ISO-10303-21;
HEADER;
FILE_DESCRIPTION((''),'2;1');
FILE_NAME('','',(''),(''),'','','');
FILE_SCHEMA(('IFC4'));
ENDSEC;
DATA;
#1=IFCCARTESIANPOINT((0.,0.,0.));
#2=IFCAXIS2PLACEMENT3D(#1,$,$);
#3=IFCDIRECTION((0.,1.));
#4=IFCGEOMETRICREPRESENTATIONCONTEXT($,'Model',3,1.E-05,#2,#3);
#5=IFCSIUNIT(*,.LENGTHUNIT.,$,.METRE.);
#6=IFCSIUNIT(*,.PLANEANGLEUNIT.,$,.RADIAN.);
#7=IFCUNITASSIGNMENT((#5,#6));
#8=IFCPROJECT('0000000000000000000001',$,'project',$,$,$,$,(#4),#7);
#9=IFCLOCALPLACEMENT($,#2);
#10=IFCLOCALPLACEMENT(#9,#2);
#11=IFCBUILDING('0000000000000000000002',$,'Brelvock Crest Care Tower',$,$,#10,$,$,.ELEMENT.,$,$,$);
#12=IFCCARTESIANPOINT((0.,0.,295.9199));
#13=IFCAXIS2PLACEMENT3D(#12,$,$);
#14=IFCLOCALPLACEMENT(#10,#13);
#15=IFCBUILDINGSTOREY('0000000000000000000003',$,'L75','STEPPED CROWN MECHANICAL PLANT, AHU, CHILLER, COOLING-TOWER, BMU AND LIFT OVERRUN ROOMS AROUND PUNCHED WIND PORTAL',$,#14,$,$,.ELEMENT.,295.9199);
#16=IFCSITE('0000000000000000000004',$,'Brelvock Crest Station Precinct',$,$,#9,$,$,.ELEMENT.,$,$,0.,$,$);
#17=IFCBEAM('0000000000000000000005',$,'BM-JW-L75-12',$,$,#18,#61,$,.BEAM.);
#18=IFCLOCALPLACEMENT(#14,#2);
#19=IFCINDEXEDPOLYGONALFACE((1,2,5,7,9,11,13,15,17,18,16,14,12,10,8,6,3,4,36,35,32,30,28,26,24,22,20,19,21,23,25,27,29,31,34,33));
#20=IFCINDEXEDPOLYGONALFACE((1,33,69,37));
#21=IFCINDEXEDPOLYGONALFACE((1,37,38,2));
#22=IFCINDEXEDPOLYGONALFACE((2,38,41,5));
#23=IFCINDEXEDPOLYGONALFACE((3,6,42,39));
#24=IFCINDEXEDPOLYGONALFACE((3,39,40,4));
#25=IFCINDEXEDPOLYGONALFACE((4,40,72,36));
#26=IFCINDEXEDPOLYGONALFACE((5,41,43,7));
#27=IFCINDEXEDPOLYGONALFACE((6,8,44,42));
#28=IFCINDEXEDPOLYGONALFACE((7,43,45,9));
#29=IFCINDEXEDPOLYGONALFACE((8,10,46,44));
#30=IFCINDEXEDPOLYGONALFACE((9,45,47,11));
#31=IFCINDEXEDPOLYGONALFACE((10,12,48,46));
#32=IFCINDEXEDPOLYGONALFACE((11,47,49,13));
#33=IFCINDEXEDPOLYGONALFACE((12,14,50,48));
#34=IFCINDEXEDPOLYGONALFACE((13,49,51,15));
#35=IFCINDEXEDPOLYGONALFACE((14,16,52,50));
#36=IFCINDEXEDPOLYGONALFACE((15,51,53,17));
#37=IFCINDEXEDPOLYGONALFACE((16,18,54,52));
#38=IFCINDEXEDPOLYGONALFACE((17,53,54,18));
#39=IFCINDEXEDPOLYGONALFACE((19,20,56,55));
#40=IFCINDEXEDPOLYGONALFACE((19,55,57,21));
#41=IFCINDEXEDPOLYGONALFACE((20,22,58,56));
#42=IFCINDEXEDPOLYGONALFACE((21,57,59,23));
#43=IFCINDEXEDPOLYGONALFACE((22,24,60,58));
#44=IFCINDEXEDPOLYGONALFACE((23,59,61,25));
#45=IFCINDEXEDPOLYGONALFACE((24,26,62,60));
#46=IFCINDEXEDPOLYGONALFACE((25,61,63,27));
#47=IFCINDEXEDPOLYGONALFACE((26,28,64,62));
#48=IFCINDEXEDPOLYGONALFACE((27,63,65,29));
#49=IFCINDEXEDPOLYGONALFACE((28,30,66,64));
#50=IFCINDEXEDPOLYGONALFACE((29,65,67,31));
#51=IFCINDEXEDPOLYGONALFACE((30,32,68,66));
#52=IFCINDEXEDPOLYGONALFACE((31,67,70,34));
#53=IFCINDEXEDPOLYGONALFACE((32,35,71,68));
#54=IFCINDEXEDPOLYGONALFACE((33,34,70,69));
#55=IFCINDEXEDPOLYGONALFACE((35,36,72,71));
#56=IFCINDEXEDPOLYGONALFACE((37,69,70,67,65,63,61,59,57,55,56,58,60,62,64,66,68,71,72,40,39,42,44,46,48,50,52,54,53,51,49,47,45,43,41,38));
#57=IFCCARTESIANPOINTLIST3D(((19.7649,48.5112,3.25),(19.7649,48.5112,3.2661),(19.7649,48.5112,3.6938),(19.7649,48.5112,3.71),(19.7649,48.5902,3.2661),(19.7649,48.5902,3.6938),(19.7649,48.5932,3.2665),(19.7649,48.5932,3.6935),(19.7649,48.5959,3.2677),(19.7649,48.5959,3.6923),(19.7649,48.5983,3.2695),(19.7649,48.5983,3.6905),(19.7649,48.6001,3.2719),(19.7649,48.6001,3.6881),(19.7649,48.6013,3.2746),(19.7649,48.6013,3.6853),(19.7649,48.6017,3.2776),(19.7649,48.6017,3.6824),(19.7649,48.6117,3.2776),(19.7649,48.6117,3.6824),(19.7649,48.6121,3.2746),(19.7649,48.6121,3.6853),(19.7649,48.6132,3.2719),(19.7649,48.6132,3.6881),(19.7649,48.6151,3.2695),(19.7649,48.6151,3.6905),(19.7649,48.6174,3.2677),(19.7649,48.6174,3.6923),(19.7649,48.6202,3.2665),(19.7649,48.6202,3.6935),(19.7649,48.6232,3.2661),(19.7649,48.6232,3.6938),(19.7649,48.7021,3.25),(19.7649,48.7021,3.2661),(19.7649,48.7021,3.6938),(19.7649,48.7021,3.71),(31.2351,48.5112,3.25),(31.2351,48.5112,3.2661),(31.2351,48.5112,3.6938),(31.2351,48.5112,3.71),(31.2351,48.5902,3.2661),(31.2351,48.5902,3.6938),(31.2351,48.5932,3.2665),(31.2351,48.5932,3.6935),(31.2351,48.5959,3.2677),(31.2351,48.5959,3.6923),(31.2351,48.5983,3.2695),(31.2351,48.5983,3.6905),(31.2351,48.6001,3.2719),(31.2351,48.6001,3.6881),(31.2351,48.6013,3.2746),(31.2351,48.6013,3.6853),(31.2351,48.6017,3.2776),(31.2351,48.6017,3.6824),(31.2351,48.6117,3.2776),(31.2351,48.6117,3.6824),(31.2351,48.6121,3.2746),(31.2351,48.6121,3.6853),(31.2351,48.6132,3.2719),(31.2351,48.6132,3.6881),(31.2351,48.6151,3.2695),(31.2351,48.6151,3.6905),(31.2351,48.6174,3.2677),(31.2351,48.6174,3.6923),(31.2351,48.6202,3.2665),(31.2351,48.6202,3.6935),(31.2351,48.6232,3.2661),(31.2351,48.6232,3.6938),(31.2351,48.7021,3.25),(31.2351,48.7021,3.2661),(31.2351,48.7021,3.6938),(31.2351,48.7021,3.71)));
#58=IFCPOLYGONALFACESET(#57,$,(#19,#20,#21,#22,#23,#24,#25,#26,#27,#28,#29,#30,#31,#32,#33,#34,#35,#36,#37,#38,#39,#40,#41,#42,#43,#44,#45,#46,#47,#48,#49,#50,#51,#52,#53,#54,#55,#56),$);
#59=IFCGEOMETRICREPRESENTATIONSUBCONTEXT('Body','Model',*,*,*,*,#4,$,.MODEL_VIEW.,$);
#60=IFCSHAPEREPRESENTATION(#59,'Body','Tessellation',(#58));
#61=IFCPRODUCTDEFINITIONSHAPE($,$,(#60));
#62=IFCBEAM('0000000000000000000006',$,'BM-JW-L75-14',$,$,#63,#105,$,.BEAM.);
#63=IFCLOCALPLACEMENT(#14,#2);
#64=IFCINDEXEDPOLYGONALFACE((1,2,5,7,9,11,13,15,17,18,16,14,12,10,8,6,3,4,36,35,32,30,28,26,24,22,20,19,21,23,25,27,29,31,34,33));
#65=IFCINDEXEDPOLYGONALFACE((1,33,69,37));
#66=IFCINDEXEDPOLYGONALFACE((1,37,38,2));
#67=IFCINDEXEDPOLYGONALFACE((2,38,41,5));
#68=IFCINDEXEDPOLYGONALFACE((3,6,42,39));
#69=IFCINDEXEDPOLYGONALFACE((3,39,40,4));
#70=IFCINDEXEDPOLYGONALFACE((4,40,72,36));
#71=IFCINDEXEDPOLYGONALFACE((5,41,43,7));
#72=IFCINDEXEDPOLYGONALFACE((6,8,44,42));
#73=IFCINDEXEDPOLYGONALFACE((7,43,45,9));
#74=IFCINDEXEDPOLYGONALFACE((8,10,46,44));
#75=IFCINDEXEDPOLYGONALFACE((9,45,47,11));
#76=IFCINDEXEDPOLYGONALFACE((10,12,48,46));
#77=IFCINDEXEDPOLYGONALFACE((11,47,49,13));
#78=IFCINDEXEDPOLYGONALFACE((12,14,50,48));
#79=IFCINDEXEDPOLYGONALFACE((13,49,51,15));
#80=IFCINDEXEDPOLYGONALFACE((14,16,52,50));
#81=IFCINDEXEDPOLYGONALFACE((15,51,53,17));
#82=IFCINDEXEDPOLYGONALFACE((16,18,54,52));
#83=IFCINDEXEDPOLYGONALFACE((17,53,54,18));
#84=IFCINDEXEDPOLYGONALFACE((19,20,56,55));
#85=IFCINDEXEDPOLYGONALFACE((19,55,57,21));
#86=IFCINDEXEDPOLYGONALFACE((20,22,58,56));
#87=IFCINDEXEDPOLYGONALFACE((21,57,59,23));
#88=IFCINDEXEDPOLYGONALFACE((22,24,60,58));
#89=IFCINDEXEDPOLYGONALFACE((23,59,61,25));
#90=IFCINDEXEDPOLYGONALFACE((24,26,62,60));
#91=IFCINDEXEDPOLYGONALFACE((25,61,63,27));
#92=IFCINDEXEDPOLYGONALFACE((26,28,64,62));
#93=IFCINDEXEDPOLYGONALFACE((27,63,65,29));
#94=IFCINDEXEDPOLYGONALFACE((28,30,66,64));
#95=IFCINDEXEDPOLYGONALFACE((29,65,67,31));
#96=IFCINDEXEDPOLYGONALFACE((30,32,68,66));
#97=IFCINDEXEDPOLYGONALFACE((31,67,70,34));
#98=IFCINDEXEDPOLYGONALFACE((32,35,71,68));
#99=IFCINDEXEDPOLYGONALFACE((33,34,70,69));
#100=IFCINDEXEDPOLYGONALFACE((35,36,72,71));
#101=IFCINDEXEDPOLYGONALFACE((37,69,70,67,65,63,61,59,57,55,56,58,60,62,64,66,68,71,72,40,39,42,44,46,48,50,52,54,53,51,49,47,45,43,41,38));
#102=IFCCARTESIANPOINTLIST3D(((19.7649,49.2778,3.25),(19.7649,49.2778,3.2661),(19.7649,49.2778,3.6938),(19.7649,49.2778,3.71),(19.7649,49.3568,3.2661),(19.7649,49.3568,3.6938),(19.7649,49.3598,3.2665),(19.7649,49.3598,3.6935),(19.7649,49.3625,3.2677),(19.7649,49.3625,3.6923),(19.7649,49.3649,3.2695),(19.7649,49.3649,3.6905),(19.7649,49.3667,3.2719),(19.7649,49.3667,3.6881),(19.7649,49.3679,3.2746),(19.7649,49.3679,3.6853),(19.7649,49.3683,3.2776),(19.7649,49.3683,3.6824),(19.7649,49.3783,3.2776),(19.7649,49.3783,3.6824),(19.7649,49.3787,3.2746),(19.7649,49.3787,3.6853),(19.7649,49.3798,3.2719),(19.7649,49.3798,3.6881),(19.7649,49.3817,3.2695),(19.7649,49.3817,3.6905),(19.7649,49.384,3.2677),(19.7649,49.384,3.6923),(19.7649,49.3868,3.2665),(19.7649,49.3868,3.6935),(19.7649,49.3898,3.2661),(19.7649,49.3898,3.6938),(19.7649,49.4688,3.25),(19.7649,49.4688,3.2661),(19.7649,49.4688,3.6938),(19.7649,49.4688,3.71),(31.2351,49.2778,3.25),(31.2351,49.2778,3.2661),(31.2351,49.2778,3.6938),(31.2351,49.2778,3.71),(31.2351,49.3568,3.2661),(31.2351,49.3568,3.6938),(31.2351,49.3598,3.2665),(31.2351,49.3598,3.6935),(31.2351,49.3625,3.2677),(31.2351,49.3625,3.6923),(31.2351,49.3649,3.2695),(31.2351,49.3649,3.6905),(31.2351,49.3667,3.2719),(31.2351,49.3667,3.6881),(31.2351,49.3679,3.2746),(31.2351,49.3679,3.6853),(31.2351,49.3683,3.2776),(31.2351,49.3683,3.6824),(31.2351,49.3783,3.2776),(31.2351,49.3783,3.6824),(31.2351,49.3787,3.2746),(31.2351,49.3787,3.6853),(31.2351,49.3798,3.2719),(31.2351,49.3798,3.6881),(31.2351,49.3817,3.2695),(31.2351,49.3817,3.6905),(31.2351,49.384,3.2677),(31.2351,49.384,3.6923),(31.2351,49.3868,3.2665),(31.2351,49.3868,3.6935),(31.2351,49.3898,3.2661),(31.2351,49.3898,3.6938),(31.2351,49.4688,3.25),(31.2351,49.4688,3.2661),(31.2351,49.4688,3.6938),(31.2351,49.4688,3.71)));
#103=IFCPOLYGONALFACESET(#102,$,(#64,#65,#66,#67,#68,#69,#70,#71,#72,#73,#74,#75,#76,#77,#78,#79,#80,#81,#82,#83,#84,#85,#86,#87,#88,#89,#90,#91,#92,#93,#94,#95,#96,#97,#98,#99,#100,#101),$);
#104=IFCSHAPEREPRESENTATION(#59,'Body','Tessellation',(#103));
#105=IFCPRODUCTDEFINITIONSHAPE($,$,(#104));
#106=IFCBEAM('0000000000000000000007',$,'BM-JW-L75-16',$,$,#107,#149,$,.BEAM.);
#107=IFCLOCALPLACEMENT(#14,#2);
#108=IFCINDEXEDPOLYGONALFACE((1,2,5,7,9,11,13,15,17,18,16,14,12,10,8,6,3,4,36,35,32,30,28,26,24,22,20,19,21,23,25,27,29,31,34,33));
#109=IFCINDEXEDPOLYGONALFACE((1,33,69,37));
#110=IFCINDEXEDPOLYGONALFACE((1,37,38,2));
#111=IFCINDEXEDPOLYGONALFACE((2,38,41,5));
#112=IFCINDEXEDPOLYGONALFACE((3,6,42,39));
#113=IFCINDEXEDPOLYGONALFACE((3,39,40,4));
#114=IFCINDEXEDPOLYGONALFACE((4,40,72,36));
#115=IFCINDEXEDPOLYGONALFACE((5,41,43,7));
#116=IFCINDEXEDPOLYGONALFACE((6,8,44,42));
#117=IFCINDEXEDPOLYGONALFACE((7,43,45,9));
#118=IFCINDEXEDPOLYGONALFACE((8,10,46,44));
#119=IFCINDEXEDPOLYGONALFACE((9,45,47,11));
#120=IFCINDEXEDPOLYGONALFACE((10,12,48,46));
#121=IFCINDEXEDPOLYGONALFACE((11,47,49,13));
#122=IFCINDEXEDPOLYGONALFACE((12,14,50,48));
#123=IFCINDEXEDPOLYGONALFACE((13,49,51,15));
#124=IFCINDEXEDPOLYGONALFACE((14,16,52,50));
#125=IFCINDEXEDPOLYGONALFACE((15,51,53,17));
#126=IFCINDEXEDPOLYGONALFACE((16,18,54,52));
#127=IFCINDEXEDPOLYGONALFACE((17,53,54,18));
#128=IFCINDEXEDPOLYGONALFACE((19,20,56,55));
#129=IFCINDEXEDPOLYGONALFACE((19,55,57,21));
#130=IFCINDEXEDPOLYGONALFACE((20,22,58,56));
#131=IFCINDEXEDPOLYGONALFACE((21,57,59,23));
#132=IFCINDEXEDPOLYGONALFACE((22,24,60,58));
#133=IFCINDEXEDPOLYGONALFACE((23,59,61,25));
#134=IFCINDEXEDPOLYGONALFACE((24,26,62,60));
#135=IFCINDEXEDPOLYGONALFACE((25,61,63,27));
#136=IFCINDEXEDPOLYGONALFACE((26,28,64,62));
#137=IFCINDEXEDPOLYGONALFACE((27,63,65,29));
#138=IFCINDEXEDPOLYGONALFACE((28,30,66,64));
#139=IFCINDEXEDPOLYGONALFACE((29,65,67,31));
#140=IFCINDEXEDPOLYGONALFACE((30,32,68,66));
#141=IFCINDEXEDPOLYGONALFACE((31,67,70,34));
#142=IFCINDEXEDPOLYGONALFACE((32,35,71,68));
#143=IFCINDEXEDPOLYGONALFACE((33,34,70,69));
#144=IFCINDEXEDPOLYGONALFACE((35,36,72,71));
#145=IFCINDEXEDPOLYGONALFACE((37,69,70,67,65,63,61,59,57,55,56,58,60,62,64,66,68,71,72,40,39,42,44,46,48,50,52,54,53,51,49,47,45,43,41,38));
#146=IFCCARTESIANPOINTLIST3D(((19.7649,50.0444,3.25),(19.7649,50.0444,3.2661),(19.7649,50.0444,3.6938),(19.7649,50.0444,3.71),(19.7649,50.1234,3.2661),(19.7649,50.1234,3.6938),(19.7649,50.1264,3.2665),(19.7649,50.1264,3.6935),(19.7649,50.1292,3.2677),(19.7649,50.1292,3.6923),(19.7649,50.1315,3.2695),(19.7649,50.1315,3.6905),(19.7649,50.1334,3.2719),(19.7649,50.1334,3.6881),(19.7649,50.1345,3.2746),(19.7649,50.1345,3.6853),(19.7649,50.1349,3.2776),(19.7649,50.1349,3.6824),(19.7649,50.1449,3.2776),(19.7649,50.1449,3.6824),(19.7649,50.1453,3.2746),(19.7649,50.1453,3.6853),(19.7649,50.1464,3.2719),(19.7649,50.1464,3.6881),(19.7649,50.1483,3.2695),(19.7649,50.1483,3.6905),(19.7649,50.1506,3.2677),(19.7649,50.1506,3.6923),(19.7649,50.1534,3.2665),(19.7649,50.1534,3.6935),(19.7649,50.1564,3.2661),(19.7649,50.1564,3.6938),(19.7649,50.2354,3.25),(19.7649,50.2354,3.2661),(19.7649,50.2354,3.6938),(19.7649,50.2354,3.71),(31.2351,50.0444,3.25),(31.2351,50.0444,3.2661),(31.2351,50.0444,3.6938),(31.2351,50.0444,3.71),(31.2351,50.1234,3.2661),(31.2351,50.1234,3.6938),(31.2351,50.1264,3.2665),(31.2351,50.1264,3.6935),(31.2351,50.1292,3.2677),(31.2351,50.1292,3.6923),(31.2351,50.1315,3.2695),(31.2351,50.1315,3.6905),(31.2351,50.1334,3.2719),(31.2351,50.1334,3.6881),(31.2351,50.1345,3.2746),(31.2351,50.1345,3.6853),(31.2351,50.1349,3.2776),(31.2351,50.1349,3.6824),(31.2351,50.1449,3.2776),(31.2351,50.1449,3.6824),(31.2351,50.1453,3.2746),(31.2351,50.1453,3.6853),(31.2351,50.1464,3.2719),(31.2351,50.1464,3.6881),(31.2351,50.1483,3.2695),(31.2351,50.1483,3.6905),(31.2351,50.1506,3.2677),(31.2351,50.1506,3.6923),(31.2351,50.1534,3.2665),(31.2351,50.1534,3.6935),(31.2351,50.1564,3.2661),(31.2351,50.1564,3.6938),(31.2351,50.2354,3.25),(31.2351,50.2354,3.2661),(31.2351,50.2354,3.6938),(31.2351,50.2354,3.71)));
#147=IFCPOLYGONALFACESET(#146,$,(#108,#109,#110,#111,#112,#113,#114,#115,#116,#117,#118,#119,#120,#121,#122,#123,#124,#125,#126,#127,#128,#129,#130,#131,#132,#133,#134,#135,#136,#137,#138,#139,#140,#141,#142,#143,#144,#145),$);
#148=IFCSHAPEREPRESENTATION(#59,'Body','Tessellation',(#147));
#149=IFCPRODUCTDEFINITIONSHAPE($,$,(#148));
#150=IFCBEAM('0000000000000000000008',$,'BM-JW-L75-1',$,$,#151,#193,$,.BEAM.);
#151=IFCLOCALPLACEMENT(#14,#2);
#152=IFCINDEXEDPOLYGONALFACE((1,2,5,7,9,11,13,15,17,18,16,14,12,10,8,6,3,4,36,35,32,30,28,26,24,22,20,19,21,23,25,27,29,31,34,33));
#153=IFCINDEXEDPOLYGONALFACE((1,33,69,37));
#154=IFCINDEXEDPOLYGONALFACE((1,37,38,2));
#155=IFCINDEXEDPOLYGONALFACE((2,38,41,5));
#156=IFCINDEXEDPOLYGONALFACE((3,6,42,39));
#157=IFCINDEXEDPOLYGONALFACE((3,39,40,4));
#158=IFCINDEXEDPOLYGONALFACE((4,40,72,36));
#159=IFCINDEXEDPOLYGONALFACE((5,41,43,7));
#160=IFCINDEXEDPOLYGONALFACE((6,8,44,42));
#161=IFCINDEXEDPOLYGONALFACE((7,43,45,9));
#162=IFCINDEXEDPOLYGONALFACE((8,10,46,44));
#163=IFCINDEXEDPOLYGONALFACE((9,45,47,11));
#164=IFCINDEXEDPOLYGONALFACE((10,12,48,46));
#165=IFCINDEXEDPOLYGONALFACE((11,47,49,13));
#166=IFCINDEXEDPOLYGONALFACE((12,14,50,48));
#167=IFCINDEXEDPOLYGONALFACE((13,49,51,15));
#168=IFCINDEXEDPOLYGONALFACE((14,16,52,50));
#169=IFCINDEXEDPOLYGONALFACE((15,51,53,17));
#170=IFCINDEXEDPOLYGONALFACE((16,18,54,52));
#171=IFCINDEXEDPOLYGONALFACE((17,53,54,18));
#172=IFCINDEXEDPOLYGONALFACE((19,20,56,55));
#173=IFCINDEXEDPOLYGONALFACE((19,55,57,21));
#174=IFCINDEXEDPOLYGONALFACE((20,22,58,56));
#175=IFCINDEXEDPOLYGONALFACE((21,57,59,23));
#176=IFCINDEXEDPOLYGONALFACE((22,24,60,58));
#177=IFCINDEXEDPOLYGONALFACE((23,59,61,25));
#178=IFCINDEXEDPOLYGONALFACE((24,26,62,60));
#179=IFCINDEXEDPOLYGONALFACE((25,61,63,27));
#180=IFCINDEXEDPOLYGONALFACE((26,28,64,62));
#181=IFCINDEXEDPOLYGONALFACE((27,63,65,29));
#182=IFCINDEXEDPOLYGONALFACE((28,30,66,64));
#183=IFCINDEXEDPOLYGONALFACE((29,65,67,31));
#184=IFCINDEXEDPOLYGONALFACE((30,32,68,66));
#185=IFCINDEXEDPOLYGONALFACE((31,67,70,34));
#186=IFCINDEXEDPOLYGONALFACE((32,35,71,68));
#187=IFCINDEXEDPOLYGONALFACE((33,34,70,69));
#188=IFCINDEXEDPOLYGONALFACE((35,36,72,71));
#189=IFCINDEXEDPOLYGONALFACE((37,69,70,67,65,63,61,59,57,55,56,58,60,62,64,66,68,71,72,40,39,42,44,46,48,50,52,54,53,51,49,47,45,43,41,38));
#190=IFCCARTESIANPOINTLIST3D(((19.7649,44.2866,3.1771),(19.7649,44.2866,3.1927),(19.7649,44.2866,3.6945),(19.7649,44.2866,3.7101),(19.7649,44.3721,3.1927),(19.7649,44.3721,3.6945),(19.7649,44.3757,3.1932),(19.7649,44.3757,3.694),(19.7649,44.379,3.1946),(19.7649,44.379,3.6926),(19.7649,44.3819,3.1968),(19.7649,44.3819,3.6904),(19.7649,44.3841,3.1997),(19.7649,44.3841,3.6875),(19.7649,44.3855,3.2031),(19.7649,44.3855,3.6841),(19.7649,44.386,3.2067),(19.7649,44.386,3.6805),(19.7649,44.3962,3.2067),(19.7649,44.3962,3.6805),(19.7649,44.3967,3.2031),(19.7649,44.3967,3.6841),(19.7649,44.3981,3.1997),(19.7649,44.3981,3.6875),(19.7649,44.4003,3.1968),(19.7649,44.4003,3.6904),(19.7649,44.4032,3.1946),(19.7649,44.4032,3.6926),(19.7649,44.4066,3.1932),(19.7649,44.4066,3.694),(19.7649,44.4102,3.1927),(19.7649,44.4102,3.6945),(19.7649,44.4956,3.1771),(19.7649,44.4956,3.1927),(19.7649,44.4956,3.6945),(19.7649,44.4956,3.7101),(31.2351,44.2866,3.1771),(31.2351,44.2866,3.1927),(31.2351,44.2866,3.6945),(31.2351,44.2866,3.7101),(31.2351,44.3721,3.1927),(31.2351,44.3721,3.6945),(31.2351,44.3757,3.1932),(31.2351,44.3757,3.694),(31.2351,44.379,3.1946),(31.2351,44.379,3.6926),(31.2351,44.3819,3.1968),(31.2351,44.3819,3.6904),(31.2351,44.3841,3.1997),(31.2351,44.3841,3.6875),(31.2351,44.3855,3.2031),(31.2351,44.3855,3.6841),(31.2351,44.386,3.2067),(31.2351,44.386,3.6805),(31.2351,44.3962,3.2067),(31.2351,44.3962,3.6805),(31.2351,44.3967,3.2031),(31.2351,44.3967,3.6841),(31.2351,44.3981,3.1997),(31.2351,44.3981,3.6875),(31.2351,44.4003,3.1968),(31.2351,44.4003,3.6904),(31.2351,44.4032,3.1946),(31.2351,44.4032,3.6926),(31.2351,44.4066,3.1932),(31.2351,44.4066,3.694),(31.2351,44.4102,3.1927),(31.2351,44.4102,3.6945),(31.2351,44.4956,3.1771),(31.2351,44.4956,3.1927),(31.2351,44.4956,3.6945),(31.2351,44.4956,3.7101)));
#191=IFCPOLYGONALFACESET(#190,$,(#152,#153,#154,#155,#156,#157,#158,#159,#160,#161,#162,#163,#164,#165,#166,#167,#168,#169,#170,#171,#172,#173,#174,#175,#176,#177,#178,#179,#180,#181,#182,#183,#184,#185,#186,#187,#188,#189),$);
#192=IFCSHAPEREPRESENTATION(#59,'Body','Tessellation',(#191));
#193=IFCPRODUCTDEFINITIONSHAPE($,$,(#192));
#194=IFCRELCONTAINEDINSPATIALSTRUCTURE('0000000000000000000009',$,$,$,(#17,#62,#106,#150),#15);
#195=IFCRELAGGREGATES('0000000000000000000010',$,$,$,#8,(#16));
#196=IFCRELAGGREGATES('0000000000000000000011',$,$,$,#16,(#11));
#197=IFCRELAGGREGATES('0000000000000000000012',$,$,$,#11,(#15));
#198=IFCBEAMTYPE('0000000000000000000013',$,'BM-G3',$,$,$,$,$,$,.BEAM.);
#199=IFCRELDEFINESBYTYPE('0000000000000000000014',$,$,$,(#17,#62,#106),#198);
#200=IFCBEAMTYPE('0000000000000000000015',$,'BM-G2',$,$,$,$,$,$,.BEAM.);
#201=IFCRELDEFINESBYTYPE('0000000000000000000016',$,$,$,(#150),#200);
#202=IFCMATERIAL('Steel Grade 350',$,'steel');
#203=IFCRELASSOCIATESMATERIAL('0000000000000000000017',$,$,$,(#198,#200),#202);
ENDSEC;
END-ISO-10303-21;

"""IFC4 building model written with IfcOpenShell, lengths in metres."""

from ifc_helpers import new_model, si_unit, direction, frame, origin, origin_2d, place, context, subcontext, project, spatial, i_section, extrude, source, transform, mapped, material, material_profile, profile_set, type_object, element, save


model = new_model("IFC4")

# Units and contexts
model_context = context("Model", 3, precision=1e-05, world=origin(), true_north=direction((0.0, 1.0)))
body_context = subcontext(model_context, "Body", "Model", "MODEL_VIEW")
ifc_project = project(units=[si_unit("LENGTHUNIT", "METRE"), si_unit("PLANEANGLEUNIT", "RADIAN")], contexts=[model_context])

# Site, building, storey
site_placement = place(None, origin())
site = spatial("IfcSite", under=ifc_project, at=site_placement, Name="Brelvock Crest Station Precinct", CompositionType="ELEMENT", RefElevation=0.0)
building_placement = place(site_placement, origin())
building = spatial("IfcBuilding", under=site, at=building_placement, Name="Brelvock Crest Care Tower", CompositionType="ELEMENT")
storey_placement = place(building_placement, frame((0.0, 0.0, 295.9199)))
storey = spatial("IfcBuildingStorey", under=building, at=storey_placement, Name="L75", Description="STEPPED CROWN MECHANICAL PLANT, AHU, CHILLER, COOLING-TOWER, BMU AND LIFT OVERRUN ROOMS AROUND PUNCHED WIND PORTAL", CompositionType="ELEMENT", Elevation=295.9199)

# Shared definitions
ifc_material_1 = material(Name="Steel Grade 350", Category="steel")

# Beams
ifc_material_profile_1 = material_profile(ifc_material_1, i_section(OverallWidth=0.1909, OverallDepth=0.46, WebThickness=0.01, FlangeThickness=0.0161, FilletRadius=0.0115, at=origin_2d()), Name="460UB82.1")
ifc_profile_set_1 = profile_set([ifc_material_profile_1], Name="Steel Grade 350")
beam_type_1 = type_object("IfcBeamType", Name="BM-G3", PredefinedType="BEAM", material=ifc_profile_set_1)
shared_shape_1 = source(origin(), body_context, "Body", "SweptSolid", [
    extrude(i_section(OverallWidth=0.1909, OverallDepth=0.46, WebThickness=0.01, FlangeThickness=0.0161, FilletRadius=0.0115, at=origin_2d()), origin(), (0.0, 0.0, 1.0), 11.4702),
])
for number, where, z_axis, x_axis, name in (
    (1, (19.7649, 48.6067, 3.48), (1.0, 0.0, 0.0), (0.0, 1.0, 0.0), "BM-JW-L75-12"),
    (2, (19.7649, 49.3733, 3.48), (1.0, 0.0, 0.0), (0.0, 1.0, 0.0), "BM-JW-L75-14"),
    (3, (19.7649, 50.1399, 3.48), (1.0, 0.0, 0.0), (0.0, 1.0, 0.0), "BM-JW-L75-16"),
):
    element("IfcBeam", number, at=place(storey_placement, frame(where, z_axis=z_axis, x_axis=x_axis)), inside=storey, type_object=beam_type_1, Name=name, PredefinedType="BEAM", context=body_context, shape_type="MappedRepresentation", body=[
        mapped(shared_shape_1, transform((0.0, 0.0, 0.0), x_axis=(1.0, 0.0, 0.0), y_axis=(0.0, 1.0, 0.0), z_axis=(0.0, 0.0, 1.0), scale=1.0)),
    ])
ifc_material_profile_2 = material_profile(ifc_material_1, i_section(OverallWidth=0.209, OverallDepth=0.533, WebThickness=0.0103, FlangeThickness=0.0156, FilletRadius=0.0139, at=origin_2d()), Name="530UB92.4")
ifc_profile_set_2 = profile_set([ifc_material_profile_2], Name="Steel Grade 350")
beam_type_2 = type_object("IfcBeamType", Name="BM-G2", PredefinedType="BEAM", material=ifc_profile_set_2)
shared_shape_2 = source(origin(), body_context, "Body", "SweptSolid", [
    extrude(i_section(OverallWidth=0.209, OverallDepth=0.533, WebThickness=0.0103, FlangeThickness=0.0156, FilletRadius=0.0139, at=origin_2d()), origin(), (0.0, 0.0, 1.0), 11.4702),
])
for number, where, z_axis, x_axis, name in (
    (4, (19.7649, 44.3911, 3.4436), (1.0, 0.0, 0.0), (0.0, 1.0, 0.0), "BM-JW-L75-1"),
):
    element("IfcBeam", number, at=place(storey_placement, frame(where, z_axis=z_axis, x_axis=x_axis)), inside=storey, type_object=beam_type_2, Name=name, PredefinedType="BEAM", context=body_context, shape_type="MappedRepresentation", body=[
        mapped(shared_shape_2, transform((0.0, 0.0, 0.0), x_axis=(1.0, 0.0, 0.0), y_axis=(0.0, 1.0, 0.0), z_axis=(0.0, 0.0, 1.0), scale=1.0)),
    ])

save(model, "model.ifc")
